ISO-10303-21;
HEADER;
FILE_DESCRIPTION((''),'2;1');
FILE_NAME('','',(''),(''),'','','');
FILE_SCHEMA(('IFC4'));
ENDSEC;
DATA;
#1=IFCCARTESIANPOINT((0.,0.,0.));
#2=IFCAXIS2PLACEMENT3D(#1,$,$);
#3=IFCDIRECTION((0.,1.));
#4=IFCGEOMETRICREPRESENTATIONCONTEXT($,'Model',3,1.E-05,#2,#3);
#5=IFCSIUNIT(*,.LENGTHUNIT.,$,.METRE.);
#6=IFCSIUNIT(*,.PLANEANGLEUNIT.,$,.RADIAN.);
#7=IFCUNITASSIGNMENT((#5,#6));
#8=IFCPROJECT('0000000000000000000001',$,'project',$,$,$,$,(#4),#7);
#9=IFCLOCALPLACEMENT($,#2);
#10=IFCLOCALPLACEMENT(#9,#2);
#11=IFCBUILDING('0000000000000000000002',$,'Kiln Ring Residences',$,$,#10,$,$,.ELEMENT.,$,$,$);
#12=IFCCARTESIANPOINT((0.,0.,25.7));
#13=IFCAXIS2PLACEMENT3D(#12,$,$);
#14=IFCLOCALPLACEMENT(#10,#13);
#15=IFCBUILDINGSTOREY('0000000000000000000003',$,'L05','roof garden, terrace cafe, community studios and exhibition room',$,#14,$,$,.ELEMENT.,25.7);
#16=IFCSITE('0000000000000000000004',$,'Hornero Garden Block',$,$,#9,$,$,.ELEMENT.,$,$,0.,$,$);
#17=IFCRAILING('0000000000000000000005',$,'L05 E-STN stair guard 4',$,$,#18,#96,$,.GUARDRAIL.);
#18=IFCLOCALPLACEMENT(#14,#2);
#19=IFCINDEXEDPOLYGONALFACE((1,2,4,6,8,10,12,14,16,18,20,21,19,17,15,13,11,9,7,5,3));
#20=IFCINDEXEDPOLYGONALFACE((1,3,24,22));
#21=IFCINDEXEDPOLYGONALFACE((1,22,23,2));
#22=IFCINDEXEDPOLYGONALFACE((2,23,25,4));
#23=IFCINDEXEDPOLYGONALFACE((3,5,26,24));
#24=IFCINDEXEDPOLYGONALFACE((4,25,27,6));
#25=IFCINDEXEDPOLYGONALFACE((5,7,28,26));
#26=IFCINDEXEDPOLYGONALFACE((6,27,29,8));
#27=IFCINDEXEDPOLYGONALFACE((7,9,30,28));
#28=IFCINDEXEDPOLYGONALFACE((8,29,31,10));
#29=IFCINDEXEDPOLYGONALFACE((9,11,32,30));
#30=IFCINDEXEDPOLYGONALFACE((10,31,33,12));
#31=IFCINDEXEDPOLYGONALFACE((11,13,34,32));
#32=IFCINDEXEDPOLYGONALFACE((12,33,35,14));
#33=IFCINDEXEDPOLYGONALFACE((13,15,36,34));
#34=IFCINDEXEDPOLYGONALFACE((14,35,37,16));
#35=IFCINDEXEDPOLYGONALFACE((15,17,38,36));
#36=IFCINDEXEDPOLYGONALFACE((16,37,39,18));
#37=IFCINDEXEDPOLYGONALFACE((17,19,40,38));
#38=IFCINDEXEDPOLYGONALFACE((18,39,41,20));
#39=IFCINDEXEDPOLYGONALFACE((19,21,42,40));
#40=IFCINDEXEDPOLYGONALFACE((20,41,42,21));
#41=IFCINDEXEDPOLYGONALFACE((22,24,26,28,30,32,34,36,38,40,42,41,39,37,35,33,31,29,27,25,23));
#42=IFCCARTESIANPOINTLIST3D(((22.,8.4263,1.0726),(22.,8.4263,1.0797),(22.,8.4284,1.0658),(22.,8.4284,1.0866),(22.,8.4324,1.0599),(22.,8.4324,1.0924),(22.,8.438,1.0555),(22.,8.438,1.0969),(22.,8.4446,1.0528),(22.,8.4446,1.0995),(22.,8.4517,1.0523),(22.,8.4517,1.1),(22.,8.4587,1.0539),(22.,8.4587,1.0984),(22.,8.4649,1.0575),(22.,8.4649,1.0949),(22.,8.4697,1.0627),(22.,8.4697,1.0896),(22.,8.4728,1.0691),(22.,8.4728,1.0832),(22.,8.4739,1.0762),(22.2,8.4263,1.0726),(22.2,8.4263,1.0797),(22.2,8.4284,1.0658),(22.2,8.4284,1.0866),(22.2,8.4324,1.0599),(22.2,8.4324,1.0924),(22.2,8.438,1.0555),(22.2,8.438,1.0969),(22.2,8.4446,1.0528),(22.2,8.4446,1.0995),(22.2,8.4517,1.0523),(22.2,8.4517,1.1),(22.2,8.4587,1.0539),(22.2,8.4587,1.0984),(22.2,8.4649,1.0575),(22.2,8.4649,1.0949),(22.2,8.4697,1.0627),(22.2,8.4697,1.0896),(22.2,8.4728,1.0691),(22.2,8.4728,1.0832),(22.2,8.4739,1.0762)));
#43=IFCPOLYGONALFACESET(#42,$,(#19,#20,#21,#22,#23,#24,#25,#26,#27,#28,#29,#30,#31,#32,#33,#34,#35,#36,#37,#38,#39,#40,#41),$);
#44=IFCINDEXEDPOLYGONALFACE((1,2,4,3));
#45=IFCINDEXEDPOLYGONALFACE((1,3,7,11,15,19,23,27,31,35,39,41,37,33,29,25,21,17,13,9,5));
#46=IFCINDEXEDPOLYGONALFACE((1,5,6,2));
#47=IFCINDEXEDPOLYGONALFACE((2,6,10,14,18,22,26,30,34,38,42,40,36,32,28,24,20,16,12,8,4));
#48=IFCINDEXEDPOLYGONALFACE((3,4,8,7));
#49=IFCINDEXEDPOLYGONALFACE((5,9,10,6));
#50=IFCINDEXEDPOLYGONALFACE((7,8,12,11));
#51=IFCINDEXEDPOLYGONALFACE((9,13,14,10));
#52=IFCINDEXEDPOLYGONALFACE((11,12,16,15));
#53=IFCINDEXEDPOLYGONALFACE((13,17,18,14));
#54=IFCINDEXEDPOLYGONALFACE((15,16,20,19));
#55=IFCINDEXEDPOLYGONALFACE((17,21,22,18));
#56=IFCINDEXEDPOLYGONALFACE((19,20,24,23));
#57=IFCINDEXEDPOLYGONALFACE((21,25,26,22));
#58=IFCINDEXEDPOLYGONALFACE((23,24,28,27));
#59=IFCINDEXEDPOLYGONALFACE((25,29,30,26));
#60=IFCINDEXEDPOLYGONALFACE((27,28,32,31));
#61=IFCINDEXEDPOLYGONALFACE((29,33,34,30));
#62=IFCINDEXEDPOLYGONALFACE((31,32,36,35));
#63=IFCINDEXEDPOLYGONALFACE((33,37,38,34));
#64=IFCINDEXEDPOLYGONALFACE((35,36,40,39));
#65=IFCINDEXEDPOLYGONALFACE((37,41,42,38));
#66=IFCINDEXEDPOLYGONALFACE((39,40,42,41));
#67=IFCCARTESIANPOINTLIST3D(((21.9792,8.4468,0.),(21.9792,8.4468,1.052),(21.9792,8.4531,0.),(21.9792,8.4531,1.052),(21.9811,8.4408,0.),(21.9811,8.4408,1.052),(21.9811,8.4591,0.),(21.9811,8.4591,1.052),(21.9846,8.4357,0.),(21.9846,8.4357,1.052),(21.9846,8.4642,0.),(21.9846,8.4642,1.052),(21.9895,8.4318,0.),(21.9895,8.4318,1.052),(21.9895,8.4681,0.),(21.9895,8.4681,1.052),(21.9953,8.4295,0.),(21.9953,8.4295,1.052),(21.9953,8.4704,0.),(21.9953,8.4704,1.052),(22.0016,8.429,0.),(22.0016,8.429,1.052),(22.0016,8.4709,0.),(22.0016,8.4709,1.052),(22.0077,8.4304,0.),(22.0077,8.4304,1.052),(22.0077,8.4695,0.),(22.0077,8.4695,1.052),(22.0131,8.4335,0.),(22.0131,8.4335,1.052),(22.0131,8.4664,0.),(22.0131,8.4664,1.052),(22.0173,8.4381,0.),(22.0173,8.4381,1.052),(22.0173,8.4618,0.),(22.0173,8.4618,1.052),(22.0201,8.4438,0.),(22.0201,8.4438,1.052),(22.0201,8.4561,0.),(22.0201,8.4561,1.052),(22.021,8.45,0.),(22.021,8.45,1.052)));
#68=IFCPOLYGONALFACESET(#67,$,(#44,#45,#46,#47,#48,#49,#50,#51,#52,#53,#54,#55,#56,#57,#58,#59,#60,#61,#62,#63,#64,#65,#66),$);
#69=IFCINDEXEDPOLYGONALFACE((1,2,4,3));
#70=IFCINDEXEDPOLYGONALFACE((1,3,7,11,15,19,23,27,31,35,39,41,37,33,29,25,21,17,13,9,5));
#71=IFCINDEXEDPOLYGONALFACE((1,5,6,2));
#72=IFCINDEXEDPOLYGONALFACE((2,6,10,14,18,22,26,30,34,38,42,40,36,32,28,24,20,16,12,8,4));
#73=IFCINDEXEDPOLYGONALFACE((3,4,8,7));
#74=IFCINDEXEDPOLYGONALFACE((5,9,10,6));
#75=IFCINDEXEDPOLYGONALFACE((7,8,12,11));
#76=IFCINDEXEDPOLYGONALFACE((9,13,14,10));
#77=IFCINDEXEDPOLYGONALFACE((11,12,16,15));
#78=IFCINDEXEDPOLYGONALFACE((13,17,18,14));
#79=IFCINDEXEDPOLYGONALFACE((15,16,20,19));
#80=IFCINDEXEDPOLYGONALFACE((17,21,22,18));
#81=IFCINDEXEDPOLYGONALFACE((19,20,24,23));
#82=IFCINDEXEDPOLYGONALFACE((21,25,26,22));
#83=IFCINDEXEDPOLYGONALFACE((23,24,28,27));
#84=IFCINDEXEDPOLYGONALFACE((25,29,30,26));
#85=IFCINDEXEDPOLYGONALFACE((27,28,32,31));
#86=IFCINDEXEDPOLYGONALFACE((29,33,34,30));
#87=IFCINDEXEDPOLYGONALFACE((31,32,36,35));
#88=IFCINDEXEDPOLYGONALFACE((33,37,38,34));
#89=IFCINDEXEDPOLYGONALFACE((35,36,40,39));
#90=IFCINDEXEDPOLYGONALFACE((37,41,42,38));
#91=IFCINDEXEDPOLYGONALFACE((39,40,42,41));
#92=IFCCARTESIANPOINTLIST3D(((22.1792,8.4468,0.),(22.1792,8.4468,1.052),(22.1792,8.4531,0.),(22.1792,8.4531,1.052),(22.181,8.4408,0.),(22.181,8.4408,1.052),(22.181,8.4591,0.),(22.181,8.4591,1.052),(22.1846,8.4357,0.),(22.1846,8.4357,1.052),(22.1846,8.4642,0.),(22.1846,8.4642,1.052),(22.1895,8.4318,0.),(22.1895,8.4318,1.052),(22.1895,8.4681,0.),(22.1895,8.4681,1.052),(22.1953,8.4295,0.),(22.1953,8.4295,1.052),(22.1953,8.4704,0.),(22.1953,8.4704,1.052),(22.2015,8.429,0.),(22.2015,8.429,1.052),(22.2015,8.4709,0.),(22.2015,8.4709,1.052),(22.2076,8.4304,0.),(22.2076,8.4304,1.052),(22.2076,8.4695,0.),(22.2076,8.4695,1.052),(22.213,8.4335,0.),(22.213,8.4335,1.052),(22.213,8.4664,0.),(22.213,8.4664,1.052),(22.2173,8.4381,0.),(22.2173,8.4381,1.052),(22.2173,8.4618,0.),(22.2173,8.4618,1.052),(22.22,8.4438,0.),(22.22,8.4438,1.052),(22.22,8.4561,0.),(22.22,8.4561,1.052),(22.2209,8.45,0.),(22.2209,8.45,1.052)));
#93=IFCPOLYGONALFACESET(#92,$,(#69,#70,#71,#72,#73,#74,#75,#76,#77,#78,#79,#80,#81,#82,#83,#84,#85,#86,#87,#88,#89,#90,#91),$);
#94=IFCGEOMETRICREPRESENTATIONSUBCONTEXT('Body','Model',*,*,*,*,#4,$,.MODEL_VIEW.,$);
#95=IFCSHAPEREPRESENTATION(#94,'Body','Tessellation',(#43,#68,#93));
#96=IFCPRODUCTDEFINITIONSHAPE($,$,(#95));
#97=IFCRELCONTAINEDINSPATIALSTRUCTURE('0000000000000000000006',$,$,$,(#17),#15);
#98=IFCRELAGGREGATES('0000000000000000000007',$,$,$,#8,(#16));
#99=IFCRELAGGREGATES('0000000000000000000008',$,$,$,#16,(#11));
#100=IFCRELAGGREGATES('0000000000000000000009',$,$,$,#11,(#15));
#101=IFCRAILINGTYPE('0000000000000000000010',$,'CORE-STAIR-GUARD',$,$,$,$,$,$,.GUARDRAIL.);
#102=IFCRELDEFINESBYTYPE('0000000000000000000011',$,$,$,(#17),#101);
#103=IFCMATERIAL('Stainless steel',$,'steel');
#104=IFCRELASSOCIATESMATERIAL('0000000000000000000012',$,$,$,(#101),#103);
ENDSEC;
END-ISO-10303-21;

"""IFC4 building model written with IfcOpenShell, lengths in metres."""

from ifc_helpers import new_model, si_unit, direction, frame, origin, origin_2d, place, context, subcontext, project, spatial, circle, extrude, material, type_object, element, save


model = new_model("IFC4")

# Units and contexts
model_context = context("Model", 3, precision=1e-05, world=origin(), true_north=direction((0.0, 1.0)))
body_context = subcontext(model_context, "Body", "Model", "MODEL_VIEW")
ifc_project = project(units=[si_unit("LENGTHUNIT", "METRE"), si_unit("PLANEANGLEUNIT", "RADIAN")], contexts=[model_context])

# Site, building, storey
site_placement = place(None, origin())
site = spatial("IfcSite", under=ifc_project, at=site_placement, Name="Hornero Garden Block", CompositionType="ELEMENT", RefElevation=0.0)
building_placement = place(site_placement, origin())
building = spatial("IfcBuilding", under=site, at=building_placement, Name="Kiln Ring Residences", CompositionType="ELEMENT")
storey_placement = place(building_placement, frame((0.0, 0.0, 25.7)))
storey = spatial("IfcBuildingStorey", under=building, at=storey_placement, Name="L05", Description="roof garden, terrace cafe, community studios and exhibition room", CompositionType="ELEMENT", Elevation=25.7)

# Railing
ifc_material_1 = material(Name="Stainless steel", Category="steel")
railing_type_1 = type_object("IfcRailingType", Name="CORE-STAIR-GUARD", PredefinedType="GUARDRAIL", material=ifc_material_1)
railing_1_placement = place(storey_placement, frame((22.0, 8.45, 0.0)))
element("IfcRailing", 1, at=railing_1_placement, inside=storey, type_object=railing_type_1, Name="L05 E-STN stair guard 4", PredefinedType="GUARDRAIL", context=body_context, shape_type="SweptSolid", body=[
    extrude(circle(Radius=0.0239, at=origin_2d()), frame((0.0, 0.0, 1.0762), z_axis=(1.0, 0.0, 0.0), x_axis=(0.0, 1.0, 0.0)), (0.0, 0.0, 1.0), 0.2),
    extrude(circle(Radius=0.021, at=origin_2d()), origin(), (0.0, 0.0, 1.0), 1.052),
    extrude(circle(Radius=0.021, at=origin_2d()), frame((0.2, 0.0, 0.0)), (0.0, 0.0, 1.0), 1.052),
])

save(model, "model.ifc")
